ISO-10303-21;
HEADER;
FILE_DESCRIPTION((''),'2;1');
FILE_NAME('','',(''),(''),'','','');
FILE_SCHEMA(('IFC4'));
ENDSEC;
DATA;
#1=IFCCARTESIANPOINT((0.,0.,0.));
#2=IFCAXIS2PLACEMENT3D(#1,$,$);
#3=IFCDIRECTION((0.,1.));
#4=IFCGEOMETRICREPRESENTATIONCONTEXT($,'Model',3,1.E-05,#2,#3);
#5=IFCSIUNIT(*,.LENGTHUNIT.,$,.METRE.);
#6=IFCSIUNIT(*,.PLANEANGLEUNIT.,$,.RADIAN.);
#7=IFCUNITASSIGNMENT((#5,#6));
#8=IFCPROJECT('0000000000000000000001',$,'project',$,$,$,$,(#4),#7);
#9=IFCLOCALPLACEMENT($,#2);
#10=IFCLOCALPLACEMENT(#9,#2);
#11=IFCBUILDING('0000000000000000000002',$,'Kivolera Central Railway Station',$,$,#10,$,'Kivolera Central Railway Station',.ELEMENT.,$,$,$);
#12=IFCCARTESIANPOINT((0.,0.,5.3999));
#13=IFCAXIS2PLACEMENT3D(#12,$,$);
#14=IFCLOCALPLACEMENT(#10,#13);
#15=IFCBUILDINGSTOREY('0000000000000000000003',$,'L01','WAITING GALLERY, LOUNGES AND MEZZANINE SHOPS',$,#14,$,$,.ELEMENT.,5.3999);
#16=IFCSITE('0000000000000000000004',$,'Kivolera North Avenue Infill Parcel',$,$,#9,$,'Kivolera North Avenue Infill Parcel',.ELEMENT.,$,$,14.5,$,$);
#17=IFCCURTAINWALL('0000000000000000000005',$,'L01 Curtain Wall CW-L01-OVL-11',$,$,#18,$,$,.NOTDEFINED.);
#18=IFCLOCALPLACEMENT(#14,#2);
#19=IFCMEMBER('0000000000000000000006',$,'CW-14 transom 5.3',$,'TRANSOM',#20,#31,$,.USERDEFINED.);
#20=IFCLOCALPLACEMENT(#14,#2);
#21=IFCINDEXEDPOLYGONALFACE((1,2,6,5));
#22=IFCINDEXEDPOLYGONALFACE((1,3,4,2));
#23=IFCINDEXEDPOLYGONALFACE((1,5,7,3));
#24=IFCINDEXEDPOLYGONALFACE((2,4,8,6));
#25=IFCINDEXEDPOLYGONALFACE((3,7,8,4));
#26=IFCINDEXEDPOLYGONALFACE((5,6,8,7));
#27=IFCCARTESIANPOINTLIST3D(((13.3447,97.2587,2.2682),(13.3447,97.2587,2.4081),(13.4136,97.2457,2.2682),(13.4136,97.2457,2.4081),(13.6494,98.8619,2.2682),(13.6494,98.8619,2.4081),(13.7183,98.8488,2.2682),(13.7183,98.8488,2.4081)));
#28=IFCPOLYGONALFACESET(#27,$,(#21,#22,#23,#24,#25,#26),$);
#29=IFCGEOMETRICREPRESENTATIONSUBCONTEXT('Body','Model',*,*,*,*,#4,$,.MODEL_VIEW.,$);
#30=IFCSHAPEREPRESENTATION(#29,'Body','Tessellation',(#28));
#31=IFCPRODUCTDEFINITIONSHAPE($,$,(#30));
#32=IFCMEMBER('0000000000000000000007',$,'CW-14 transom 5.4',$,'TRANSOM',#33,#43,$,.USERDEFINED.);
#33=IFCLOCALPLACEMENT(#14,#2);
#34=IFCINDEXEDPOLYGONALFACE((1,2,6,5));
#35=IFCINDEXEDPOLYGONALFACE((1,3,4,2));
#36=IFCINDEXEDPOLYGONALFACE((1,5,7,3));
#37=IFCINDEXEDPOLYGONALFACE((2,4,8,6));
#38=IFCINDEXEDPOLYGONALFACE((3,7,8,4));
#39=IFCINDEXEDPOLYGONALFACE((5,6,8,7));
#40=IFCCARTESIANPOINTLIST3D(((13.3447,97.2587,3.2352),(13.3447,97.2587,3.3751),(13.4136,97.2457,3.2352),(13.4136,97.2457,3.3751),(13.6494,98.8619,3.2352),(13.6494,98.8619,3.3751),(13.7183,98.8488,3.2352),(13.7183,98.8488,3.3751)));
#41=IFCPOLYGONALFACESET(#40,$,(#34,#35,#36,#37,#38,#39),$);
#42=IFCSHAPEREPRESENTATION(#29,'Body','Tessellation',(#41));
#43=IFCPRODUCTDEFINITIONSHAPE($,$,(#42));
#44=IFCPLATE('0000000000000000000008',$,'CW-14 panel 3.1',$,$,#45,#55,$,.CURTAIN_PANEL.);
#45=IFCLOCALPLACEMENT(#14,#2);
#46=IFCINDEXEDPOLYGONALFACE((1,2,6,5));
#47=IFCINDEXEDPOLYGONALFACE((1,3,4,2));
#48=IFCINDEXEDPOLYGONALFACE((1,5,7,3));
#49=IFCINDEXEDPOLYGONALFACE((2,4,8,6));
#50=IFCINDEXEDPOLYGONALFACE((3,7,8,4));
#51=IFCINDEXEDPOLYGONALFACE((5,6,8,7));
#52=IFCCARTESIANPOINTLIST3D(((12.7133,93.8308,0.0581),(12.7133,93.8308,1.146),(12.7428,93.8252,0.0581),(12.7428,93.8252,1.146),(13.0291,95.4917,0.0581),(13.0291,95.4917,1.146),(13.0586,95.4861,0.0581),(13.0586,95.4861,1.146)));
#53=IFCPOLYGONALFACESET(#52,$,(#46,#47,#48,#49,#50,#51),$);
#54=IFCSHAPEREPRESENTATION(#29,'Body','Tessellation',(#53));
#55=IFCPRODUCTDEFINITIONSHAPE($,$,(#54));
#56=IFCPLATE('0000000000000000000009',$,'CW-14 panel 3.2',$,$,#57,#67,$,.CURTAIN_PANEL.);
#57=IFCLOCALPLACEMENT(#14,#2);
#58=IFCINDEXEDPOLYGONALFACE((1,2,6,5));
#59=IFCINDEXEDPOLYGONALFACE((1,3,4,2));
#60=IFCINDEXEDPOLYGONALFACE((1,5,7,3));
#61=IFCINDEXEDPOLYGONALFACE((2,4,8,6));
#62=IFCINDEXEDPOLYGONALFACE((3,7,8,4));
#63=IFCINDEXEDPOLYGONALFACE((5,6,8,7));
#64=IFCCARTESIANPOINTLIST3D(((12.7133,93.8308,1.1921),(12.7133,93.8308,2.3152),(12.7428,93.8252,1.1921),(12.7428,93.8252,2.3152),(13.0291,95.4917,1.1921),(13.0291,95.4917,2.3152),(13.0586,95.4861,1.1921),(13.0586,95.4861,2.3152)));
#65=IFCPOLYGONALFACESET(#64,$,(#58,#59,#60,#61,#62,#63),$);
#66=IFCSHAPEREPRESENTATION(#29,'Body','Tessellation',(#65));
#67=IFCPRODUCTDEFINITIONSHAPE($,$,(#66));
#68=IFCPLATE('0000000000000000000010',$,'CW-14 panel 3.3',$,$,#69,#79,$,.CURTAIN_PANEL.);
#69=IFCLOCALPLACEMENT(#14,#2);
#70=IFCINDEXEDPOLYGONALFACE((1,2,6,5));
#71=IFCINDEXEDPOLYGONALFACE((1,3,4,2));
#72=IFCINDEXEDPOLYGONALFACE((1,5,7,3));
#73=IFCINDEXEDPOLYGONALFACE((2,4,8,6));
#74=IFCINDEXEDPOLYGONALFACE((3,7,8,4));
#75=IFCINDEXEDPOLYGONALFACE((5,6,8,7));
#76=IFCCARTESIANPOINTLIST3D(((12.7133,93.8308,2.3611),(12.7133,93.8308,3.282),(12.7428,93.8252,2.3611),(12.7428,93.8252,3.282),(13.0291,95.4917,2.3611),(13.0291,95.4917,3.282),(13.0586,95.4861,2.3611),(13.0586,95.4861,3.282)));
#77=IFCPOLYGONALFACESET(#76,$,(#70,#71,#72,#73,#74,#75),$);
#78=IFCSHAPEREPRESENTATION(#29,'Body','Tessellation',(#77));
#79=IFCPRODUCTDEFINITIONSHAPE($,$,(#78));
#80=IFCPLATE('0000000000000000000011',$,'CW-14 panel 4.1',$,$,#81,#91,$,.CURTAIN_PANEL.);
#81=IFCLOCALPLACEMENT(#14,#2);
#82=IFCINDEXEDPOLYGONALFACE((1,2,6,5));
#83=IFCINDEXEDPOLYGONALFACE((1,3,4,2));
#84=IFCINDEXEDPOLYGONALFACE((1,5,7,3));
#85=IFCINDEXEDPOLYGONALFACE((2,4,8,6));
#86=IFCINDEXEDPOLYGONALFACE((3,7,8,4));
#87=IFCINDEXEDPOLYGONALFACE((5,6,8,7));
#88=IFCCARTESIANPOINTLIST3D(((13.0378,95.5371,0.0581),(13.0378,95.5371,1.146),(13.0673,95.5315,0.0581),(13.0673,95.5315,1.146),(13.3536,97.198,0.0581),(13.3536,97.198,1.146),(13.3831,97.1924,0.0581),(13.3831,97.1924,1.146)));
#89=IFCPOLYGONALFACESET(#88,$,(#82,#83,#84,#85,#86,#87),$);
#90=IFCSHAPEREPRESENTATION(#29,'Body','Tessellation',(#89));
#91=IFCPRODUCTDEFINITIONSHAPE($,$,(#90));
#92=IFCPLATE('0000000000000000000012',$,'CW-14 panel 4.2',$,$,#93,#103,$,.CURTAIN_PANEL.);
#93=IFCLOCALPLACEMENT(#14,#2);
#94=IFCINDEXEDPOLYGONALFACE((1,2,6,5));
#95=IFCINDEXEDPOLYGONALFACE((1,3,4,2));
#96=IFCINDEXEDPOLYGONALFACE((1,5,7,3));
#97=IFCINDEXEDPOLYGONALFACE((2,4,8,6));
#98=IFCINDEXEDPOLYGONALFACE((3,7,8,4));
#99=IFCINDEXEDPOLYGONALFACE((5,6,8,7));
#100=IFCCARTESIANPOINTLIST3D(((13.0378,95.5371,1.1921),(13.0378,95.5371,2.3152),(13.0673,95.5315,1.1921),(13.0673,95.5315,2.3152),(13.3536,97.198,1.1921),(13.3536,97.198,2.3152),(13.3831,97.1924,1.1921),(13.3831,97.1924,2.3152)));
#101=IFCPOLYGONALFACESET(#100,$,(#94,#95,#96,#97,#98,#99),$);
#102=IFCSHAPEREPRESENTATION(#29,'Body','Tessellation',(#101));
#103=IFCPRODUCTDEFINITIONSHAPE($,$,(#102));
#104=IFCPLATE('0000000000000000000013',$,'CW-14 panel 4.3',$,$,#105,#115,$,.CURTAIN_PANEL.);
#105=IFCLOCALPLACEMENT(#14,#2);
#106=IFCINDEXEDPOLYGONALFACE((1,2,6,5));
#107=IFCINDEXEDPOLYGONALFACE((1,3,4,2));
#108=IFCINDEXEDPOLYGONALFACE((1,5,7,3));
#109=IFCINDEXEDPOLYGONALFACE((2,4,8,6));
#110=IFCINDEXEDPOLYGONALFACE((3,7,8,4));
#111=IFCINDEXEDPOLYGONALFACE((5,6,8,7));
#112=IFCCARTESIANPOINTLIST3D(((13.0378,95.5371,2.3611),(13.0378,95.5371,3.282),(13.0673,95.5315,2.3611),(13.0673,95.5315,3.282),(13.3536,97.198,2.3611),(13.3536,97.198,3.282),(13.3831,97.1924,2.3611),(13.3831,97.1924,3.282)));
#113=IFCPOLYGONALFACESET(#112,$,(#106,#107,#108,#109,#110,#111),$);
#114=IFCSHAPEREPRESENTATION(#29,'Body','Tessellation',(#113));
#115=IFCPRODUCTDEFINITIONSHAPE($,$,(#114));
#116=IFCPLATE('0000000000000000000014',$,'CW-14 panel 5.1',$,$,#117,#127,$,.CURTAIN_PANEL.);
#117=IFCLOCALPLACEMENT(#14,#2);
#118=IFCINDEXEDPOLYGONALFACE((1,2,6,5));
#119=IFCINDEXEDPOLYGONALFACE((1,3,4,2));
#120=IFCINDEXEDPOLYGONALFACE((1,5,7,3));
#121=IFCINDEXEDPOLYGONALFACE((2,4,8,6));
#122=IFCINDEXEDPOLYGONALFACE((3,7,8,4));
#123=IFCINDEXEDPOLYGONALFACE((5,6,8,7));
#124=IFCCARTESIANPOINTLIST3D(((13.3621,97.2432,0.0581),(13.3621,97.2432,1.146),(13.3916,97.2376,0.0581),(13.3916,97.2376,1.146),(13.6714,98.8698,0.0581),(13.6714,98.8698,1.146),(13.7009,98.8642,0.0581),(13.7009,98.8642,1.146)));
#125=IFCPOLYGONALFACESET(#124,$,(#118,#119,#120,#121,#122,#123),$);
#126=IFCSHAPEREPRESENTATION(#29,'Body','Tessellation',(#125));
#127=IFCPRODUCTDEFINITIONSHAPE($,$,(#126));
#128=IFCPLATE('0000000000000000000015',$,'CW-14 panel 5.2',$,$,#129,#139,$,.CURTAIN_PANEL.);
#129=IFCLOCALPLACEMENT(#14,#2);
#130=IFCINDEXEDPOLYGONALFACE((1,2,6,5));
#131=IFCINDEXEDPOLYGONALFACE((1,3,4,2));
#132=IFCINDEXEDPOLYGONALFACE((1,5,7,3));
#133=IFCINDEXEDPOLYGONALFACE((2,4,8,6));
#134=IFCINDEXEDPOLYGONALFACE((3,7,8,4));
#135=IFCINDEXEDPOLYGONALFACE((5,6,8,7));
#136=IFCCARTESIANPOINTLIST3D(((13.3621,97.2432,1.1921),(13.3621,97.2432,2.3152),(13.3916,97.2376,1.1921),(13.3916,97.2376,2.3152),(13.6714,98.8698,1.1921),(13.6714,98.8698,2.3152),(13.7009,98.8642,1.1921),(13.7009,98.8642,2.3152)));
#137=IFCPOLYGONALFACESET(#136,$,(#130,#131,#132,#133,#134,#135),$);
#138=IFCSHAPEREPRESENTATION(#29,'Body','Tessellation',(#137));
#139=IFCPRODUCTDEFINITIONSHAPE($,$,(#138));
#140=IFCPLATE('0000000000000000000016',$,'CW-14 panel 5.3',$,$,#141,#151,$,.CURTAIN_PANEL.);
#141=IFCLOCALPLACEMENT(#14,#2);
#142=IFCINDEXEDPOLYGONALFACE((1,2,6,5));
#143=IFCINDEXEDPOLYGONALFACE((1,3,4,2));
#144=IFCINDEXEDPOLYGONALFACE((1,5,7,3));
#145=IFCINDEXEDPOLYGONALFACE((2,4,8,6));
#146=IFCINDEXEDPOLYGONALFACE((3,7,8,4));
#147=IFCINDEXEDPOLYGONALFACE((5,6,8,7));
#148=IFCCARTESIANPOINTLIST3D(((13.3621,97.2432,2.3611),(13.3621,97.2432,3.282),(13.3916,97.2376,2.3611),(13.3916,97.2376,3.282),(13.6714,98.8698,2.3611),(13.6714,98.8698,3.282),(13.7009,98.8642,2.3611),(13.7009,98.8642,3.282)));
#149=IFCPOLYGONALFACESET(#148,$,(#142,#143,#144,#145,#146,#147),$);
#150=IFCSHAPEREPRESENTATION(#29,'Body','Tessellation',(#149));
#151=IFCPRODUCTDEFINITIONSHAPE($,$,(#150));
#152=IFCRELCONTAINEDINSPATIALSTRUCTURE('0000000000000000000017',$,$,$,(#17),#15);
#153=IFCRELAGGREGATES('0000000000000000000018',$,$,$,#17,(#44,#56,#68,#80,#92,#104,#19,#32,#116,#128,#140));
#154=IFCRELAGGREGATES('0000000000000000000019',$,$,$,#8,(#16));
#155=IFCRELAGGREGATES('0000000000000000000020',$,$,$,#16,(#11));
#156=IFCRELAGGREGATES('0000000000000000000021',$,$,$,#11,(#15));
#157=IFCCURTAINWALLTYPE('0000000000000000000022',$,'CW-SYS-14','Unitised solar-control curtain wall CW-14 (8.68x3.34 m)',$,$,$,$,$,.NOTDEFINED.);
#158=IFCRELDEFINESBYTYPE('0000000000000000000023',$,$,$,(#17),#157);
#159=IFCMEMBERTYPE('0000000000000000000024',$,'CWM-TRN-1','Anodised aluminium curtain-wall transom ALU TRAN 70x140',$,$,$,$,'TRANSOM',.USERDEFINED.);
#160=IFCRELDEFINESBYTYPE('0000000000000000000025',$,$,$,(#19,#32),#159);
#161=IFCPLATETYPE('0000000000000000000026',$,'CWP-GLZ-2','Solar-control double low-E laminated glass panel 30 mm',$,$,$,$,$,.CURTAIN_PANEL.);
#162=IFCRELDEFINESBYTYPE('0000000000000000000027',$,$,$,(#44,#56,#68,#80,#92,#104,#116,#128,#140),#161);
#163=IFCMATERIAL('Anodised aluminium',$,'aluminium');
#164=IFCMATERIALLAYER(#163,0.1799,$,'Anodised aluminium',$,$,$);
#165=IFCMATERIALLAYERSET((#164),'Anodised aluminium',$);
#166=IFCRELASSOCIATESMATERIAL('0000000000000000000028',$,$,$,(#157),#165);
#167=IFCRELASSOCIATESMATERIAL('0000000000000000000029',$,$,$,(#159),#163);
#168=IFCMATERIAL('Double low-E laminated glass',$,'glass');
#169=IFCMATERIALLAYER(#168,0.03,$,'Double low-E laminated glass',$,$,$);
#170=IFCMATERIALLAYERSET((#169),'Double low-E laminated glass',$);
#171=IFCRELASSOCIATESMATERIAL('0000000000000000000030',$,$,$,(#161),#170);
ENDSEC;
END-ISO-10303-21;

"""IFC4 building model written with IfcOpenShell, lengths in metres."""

from ifc_helpers import new_model, si_unit, direction, frame, origin, origin_2d, place, context, subcontext, project, spatial, rectangle, extrude, material, layer, layer_set, material_profile, profile_set, type_object, element, aggregate, save


model = new_model("IFC4")

# Units and contexts
model_context = context("Model", 3, precision=1e-05, world=origin(), true_north=direction((0.0, 1.0)))
body_context = subcontext(model_context, "Body", "Model", "MODEL_VIEW")
ifc_project = project(units=[si_unit("LENGTHUNIT", "METRE"), si_unit("PLANEANGLEUNIT", "RADIAN")], contexts=[model_context])

# Site, building, storey
site_placement = place(None, origin())
site = spatial("IfcSite", under=ifc_project, at=site_placement, Name="Kivolera North Avenue Infill Parcel", LongName="Kivolera North Avenue Infill Parcel", CompositionType="ELEMENT", RefElevation=14.5)
building_placement = place(site_placement, origin())
building = spatial("IfcBuilding", under=site, at=building_placement, Name="Kivolera Central Railway Station", LongName="Kivolera Central Railway Station", CompositionType="ELEMENT")
storey_placement = place(building_placement, frame((0.0, 0.0, 5.3999)))
storey = spatial("IfcBuildingStorey", under=building, at=storey_placement, Name="L01", Description="WAITING GALLERY, LOUNGES AND MEZZANINE SHOPS", CompositionType="ELEMENT", Elevation=5.3999)

# Curtain wall, members, plates
ifc_material_1 = material(Name="Anodised aluminium", Category="aluminium")
ifc_layer_1 = layer(ifc_material_1, 0.1799, Name="Anodised aluminium")
ifc_layer_set_1 = layer_set([ifc_layer_1], Name="Anodised aluminium")
curtain_wall_type = type_object("IfcCurtainWallType", Name="CW-SYS-14", Description="Unitised solar-control curtain wall CW-14 (8.68x3.34 m)", PredefinedType="NOTDEFINED", material=ifc_layer_set_1)
curtain_wall_placement = place(storey_placement, origin())
curtain_wall = element("IfcCurtainWall", 1, at=curtain_wall_placement, inside=storey, type_object=curtain_wall_type, Name="L01 Curtain Wall CW-L01-OVL-11", PredefinedType="NOTDEFINED")
ifc_material_profile_1 = material_profile(ifc_material_1, rectangle(XDim=0.0701, YDim=0.1399, at=origin_2d()), Name="ALU TRAN 70x140")
ifc_profile_set_1 = profile_set([ifc_material_profile_1], Name="Anodised aluminium")
member_type_1 = type_object("IfcMemberType", Name="CWM-TRN-1", Description="Anodised aluminium curtain-wall transom ALU TRAN 70x140", ElementType="TRANSOM", PredefinedType="USERDEFINED", material=ifc_profile_set_1)
member_1_placement = place(storey_placement, frame((13.3792, 97.2522, 2.3381), z_axis=(0.186727, 0.982412, 0.0), x_axis=(-0.982412, 0.186727, 0.0)))
member_1 = element("IfcMember", 2, at=member_1_placement, type_object=member_type_1, Name="CW-14 transom 5.3", ObjectType="TRANSOM", PredefinedType="USERDEFINED", context=body_context, shape_type="SweptSolid", body=[
    extrude(rectangle(XDim=0.0701, YDim=0.1399, at=origin_2d()), origin(), (0.0, 0.0, 1.0), 1.6318),
])
member_2_placement = place(storey_placement, frame((13.3792, 97.2522, 3.3052), z_axis=(0.186727, 0.982412, 0.0), x_axis=(-0.982412, 0.186727, 0.0)))
member_2 = element("IfcMember", 3, at=member_2_placement, type_object=member_type_1, Name="CW-14 transom 5.4", ObjectType="TRANSOM", PredefinedType="USERDEFINED", context=body_context, shape_type="SweptSolid", body=[
    extrude(rectangle(XDim=0.0701, YDim=0.1399, at=origin_2d()), origin(), (0.0, 0.0, 1.0), 1.6318),
])
ifc_material_2 = material(Name="Double low-E laminated glass", Category="glass")
ifc_layer_2 = layer(ifc_material_2, 0.03, Name="Double low-E laminated glass")
ifc_layer_set_2 = layer_set([ifc_layer_2], Name="Double low-E laminated glass")
plate_type = type_object("IfcPlateType", Name="CWP-GLZ-2", Description="Solar-control double low-E laminated glass panel 30 mm", PredefinedType="CURTAIN_PANEL", material=ifc_layer_set_2)
plate_1_placement = place(storey_placement, frame((12.886, 94.6584, 0.0581), z_axis=(0.0, 0.0, 1.0), x_axis=(0.186784, 0.982401, 0.0)))
plate_1 = element("IfcPlate", 4, at=plate_1_placement, type_object=plate_type, Name="CW-14 panel 3.1", PredefinedType="CURTAIN_PANEL", context=body_context, shape_type="SweptSolid", body=[
    extrude(rectangle(XDim=1.6907, YDim=0.03, at=origin_2d()), origin(), (0.0, 0.0, 1.0), 1.0879),
])
plate_2_placement = place(storey_placement, frame((12.886, 94.6584, 1.1921), z_axis=(0.0, 0.0, 1.0), x_axis=(0.186784, 0.982401, 0.0)))
plate_2 = element("IfcPlate", 5, at=plate_2_placement, type_object=plate_type, Name="CW-14 panel 3.2", PredefinedType="CURTAIN_PANEL", context=body_context, shape_type="SweptSolid", body=[
    extrude(rectangle(XDim=1.6907, YDim=0.03, at=origin_2d()), origin(), (0.0, 0.0, 1.0), 1.123),
])
plate_3_placement = place(storey_placement, frame((12.886, 94.6584, 2.3611), z_axis=(0.0, 0.0, 1.0), x_axis=(0.186784, 0.982401, 0.0)))
plate_3 = element("IfcPlate", 6, at=plate_3_placement, type_object=plate_type, Name="CW-14 panel 3.3", PredefinedType="CURTAIN_PANEL", context=body_context, shape_type="SweptSolid", body=[
    extrude(rectangle(XDim=1.6907, YDim=0.03, at=origin_2d()), origin(), (0.0, 0.0, 1.0), 0.9209),
])
plate_4_placement = place(storey_placement, frame((13.2104, 96.3647, 0.0581), z_axis=(0.0, 0.0, 1.0), x_axis=(0.186784, 0.982401, 0.0)))
plate_4 = element("IfcPlate", 7, at=plate_4_placement, type_object=plate_type, Name="CW-14 panel 4.1", PredefinedType="CURTAIN_PANEL", context=body_context, shape_type="SweptSolid", body=[
    extrude(rectangle(XDim=1.6907, YDim=0.03, at=origin_2d()), origin(), (0.0, 0.0, 1.0), 1.0879),
])
plate_5_placement = place(storey_placement, frame((13.2104, 96.3647, 1.1921), z_axis=(0.0, 0.0, 1.0), x_axis=(0.186784, 0.982401, 0.0)))
plate_5 = element("IfcPlate", 8, at=plate_5_placement, type_object=plate_type, Name="CW-14 panel 4.2", PredefinedType="CURTAIN_PANEL", context=body_context, shape_type="SweptSolid", body=[
    extrude(rectangle(XDim=1.6907, YDim=0.03, at=origin_2d()), origin(), (0.0, 0.0, 1.0), 1.123),
])
plate_6_placement = place(storey_placement, frame((13.2104, 96.3647, 2.3611), z_axis=(0.0, 0.0, 1.0), x_axis=(0.186784, 0.982401, 0.0)))
plate_6 = element("IfcPlate", 9, at=plate_6_placement, type_object=plate_type, Name="CW-14 panel 4.3", PredefinedType="CURTAIN_PANEL", context=body_context, shape_type="SweptSolid", body=[
    extrude(rectangle(XDim=1.6907, YDim=0.03, at=origin_2d()), origin(), (0.0, 0.0, 1.0), 0.9209),
])
plate_7_placement = place(storey_placement, frame((13.5315, 98.0537, 0.0581), z_axis=(0.0, 0.0, 1.0), x_axis=(0.186784, 0.982401, 0.0)))
plate_7 = element("IfcPlate", 10, at=plate_7_placement, type_object=plate_type, Name="CW-14 panel 5.1", PredefinedType="CURTAIN_PANEL", context=body_context, shape_type="SweptSolid", body=[
    extrude(rectangle(XDim=1.6558, YDim=0.03, at=origin_2d()), origin(), (0.0, 0.0, 1.0), 1.0879),
])
plate_8_placement = place(storey_placement, frame((13.5315, 98.0537, 1.1921), z_axis=(0.0, 0.0, 1.0), x_axis=(0.186784, 0.982401, 0.0)))
plate_8 = element("IfcPlate", 11, at=plate_8_placement, type_object=plate_type, Name="CW-14 panel 5.2", PredefinedType="CURTAIN_PANEL", context=body_context, shape_type="SweptSolid", body=[
    extrude(rectangle(XDim=1.6558, YDim=0.03, at=origin_2d()), origin(), (0.0, 0.0, 1.0), 1.123),
])
plate_9_placement = place(storey_placement, frame((13.5315, 98.0537, 2.3611), z_axis=(0.0, 0.0, 1.0), x_axis=(0.186784, 0.982401, 0.0)))
plate_9 = element("IfcPlate", 12, at=plate_9_placement, type_object=plate_type, Name="CW-14 panel 5.3", PredefinedType="CURTAIN_PANEL", context=body_context, shape_type="SweptSolid", body=[
    extrude(rectangle(XDim=1.6558, YDim=0.03, at=origin_2d()), origin(), (0.0, 0.0, 1.0), 0.9209),
])
aggregate(curtain_wall, [plate_1, plate_2, plate_3, plate_4, plate_5, plate_6, member_1, member_2, plate_7, plate_8, plate_9])

save(model, "model.ifc")
